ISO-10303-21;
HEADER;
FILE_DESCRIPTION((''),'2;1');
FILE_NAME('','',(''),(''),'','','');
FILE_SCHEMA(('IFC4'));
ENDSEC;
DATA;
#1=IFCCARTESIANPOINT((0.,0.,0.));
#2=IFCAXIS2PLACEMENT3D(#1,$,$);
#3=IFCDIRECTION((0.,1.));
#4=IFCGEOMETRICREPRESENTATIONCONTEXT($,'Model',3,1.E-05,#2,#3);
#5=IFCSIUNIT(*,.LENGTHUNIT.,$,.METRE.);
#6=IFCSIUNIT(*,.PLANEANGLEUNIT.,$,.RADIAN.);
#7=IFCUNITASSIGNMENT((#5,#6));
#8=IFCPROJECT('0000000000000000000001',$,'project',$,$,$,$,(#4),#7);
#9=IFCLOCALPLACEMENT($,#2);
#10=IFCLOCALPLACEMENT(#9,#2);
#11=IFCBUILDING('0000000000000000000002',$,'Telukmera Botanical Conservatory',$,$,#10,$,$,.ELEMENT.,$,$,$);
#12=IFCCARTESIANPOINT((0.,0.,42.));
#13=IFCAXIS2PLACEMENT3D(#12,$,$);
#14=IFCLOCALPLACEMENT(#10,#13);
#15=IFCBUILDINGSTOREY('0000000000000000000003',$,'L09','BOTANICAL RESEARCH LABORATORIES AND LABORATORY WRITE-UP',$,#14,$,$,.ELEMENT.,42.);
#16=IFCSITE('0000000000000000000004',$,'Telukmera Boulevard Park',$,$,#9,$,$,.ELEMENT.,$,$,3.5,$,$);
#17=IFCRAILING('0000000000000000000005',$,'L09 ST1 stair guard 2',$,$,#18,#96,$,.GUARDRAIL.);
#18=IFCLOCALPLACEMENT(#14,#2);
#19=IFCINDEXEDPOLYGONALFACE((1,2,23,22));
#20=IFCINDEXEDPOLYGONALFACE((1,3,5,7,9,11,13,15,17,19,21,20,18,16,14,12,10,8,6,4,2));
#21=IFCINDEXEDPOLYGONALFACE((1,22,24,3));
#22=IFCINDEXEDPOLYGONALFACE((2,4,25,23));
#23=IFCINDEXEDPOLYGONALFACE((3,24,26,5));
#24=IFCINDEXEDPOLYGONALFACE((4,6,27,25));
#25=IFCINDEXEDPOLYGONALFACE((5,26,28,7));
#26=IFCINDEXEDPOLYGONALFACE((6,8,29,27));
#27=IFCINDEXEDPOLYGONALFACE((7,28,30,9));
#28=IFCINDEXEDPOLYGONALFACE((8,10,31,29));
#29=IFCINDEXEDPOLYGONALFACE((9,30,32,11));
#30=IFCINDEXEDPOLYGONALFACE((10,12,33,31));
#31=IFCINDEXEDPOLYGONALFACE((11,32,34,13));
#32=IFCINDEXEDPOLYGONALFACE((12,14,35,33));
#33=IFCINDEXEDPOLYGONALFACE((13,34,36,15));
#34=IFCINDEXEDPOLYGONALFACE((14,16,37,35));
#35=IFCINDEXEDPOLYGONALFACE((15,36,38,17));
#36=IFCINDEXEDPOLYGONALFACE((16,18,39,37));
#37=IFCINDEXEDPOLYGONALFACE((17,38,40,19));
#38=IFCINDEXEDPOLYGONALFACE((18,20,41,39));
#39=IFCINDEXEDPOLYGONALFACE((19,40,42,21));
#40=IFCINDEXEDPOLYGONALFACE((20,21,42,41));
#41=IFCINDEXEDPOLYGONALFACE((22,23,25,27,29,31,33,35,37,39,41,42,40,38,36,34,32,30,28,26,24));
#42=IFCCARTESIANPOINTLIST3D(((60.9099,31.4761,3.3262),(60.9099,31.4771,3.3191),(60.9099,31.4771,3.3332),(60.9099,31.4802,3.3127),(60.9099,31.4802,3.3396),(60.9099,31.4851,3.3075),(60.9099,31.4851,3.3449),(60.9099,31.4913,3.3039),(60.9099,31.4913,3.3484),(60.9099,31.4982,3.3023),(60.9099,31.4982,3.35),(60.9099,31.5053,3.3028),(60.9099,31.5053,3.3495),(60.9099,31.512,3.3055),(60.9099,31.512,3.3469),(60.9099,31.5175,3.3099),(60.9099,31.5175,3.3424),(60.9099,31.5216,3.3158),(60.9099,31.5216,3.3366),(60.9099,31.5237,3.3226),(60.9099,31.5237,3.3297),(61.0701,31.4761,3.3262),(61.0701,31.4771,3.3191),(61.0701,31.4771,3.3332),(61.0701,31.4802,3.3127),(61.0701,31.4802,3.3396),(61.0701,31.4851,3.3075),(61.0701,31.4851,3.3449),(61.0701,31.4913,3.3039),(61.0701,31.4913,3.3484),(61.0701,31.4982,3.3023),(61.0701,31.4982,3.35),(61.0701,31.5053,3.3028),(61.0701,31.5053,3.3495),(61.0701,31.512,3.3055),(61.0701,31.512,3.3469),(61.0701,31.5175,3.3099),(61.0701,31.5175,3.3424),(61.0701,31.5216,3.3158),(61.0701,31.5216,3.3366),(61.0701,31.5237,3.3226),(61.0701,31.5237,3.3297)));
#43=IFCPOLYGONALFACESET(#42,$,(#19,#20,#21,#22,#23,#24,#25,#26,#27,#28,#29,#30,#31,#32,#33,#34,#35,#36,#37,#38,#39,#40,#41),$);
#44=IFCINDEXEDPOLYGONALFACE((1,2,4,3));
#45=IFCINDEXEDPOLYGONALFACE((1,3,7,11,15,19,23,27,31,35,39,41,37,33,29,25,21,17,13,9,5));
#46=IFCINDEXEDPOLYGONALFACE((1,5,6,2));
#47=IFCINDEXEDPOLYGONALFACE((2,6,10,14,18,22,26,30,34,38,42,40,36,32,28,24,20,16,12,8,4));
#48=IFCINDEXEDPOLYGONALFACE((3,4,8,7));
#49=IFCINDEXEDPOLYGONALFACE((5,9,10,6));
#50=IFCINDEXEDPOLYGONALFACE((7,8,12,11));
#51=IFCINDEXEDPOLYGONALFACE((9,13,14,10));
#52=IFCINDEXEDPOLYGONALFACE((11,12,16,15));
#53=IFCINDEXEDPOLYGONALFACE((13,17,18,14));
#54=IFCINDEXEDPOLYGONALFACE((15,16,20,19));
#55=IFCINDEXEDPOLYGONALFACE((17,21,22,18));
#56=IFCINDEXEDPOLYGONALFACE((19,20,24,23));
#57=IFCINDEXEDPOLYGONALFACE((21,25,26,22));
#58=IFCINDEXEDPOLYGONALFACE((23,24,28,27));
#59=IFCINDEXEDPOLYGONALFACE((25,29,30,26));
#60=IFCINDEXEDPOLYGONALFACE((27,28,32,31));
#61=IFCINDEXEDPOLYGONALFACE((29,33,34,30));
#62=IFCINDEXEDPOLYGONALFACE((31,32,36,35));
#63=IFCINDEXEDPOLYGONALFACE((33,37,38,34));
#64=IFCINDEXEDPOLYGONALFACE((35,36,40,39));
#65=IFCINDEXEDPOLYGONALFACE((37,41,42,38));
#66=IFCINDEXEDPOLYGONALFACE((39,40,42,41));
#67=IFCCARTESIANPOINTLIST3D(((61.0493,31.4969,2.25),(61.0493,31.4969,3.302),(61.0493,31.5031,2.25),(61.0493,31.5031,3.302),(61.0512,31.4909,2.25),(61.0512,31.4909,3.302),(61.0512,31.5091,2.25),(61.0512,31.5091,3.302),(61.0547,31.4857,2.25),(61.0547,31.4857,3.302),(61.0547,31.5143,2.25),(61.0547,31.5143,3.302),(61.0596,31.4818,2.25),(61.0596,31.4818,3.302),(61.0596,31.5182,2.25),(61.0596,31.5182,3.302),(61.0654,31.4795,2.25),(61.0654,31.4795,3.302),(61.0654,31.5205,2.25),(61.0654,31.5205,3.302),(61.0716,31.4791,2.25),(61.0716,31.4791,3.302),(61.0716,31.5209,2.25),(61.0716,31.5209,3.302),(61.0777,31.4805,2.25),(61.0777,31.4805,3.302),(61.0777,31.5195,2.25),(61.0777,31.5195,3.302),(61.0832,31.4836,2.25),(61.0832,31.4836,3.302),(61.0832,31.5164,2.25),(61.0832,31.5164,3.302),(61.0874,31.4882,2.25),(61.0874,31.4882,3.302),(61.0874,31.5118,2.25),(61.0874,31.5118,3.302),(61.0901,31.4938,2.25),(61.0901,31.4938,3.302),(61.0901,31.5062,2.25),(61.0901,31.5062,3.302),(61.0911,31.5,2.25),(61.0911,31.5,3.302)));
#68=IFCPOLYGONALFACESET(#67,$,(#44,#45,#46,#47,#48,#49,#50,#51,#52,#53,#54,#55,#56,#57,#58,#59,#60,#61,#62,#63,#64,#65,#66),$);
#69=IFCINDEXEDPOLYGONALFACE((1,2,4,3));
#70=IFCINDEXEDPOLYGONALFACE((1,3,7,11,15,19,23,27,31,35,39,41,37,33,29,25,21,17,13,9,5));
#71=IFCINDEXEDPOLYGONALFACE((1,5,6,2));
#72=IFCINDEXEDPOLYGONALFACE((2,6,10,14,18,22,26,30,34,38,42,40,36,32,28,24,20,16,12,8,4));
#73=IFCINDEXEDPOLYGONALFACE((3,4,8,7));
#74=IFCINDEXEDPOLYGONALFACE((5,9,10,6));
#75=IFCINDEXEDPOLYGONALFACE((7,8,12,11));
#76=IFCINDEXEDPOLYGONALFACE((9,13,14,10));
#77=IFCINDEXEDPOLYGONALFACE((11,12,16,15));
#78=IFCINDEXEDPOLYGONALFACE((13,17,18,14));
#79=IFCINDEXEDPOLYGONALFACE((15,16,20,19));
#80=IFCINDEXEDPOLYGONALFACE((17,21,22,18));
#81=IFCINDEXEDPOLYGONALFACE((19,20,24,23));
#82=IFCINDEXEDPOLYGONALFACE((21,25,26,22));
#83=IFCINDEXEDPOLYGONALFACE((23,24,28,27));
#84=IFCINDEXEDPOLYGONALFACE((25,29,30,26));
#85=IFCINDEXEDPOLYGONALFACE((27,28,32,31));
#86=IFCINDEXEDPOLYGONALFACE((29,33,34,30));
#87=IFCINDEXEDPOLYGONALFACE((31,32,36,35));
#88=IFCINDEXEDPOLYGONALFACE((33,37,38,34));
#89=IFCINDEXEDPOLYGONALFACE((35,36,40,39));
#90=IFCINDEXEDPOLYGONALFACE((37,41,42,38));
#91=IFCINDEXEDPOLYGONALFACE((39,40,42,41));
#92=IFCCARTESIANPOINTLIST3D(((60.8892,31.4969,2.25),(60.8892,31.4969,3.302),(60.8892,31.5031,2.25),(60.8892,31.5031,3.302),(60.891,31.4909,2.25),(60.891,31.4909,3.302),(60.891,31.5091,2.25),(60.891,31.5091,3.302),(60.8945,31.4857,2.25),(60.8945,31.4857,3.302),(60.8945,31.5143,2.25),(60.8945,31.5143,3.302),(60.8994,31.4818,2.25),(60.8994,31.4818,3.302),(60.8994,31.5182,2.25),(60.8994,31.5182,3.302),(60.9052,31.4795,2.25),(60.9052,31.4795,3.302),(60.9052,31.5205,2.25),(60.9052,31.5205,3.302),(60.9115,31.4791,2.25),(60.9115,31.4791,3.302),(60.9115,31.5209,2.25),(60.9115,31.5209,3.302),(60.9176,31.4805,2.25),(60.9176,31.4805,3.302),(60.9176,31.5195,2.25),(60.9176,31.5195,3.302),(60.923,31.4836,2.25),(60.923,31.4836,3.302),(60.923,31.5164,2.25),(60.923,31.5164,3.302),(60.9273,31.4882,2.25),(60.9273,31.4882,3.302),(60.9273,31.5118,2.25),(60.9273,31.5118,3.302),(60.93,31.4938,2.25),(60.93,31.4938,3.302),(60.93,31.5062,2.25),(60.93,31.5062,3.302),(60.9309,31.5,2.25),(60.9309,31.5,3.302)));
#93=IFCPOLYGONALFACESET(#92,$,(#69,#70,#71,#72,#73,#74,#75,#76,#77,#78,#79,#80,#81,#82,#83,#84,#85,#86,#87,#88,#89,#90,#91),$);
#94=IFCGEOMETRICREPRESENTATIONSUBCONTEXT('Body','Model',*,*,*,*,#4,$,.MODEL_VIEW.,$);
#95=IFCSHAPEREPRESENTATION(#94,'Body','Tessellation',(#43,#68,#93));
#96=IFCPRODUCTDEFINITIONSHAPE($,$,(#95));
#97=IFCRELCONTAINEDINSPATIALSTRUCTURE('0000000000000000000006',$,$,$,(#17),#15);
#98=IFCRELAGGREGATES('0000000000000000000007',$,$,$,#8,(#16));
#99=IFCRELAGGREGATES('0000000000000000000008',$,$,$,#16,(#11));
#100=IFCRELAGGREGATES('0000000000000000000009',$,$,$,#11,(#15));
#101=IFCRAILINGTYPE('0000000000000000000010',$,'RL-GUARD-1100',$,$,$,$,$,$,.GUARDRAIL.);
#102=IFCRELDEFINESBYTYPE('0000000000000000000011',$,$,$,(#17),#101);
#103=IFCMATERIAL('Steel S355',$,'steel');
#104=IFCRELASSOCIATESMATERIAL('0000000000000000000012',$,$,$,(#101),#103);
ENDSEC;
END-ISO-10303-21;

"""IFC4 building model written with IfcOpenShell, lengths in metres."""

from ifc_helpers import new_model, si_unit, direction, frame, origin, origin_2d, place, context, subcontext, project, spatial, circle, extrude, material, type_object, element, save


model = new_model("IFC4")

# Units and contexts
model_context = context("Model", 3, precision=1e-05, world=origin(), true_north=direction((0.0, 1.0)))
body_context = subcontext(model_context, "Body", "Model", "MODEL_VIEW")
ifc_project = project(units=[si_unit("LENGTHUNIT", "METRE"), si_unit("PLANEANGLEUNIT", "RADIAN")], contexts=[model_context])

# Site, building, storey
site_placement = place(None, origin())
site = spatial("IfcSite", under=ifc_project, at=site_placement, Name="Telukmera Boulevard Park", CompositionType="ELEMENT", RefElevation=3.5)
building_placement = place(site_placement, origin())
building = spatial("IfcBuilding", under=site, at=building_placement, Name="Telukmera Botanical Conservatory", CompositionType="ELEMENT")
storey_placement = place(building_placement, frame((0.0, 0.0, 42.0)))
storey = spatial("IfcBuildingStorey", under=building, at=storey_placement, Name="L09", Description="BOTANICAL RESEARCH LABORATORIES AND LABORATORY WRITE-UP", CompositionType="ELEMENT", Elevation=42.0)

# Railing
ifc_material_1 = material(Name="Steel S355", Category="steel")
railing_type_1 = type_object("IfcRailingType", Name="RL-GUARD-1100", PredefinedType="GUARDRAIL", material=ifc_material_1)
railing_1_placement = place(storey_placement, frame((61.0701, 31.5, 2.25)))
element("IfcRailing", 1, at=railing_1_placement, inside=storey, type_object=railing_type_1, Name="L09 ST1 stair guard 2", PredefinedType="GUARDRAIL", context=body_context, shape_type="SweptSolid", body=[
    extrude(circle(Radius=0.0239, at=origin_2d()), frame((0.0, 0.0, 1.0762), z_axis=(-1.0, 0.0, 0.0), x_axis=(0.0, -1.0, 0.0)), (0.0, 0.0, 1.0), 0.1602),
    extrude(circle(Radius=0.021, at=origin_2d()), origin(), (0.0, 0.0, 1.0), 1.052),
    extrude(circle(Radius=0.021, at=origin_2d()), frame((-0.1602, 0.0, 0.0)), (0.0, 0.0, 1.0), 1.052),
])

save(model, "model.ifc")
